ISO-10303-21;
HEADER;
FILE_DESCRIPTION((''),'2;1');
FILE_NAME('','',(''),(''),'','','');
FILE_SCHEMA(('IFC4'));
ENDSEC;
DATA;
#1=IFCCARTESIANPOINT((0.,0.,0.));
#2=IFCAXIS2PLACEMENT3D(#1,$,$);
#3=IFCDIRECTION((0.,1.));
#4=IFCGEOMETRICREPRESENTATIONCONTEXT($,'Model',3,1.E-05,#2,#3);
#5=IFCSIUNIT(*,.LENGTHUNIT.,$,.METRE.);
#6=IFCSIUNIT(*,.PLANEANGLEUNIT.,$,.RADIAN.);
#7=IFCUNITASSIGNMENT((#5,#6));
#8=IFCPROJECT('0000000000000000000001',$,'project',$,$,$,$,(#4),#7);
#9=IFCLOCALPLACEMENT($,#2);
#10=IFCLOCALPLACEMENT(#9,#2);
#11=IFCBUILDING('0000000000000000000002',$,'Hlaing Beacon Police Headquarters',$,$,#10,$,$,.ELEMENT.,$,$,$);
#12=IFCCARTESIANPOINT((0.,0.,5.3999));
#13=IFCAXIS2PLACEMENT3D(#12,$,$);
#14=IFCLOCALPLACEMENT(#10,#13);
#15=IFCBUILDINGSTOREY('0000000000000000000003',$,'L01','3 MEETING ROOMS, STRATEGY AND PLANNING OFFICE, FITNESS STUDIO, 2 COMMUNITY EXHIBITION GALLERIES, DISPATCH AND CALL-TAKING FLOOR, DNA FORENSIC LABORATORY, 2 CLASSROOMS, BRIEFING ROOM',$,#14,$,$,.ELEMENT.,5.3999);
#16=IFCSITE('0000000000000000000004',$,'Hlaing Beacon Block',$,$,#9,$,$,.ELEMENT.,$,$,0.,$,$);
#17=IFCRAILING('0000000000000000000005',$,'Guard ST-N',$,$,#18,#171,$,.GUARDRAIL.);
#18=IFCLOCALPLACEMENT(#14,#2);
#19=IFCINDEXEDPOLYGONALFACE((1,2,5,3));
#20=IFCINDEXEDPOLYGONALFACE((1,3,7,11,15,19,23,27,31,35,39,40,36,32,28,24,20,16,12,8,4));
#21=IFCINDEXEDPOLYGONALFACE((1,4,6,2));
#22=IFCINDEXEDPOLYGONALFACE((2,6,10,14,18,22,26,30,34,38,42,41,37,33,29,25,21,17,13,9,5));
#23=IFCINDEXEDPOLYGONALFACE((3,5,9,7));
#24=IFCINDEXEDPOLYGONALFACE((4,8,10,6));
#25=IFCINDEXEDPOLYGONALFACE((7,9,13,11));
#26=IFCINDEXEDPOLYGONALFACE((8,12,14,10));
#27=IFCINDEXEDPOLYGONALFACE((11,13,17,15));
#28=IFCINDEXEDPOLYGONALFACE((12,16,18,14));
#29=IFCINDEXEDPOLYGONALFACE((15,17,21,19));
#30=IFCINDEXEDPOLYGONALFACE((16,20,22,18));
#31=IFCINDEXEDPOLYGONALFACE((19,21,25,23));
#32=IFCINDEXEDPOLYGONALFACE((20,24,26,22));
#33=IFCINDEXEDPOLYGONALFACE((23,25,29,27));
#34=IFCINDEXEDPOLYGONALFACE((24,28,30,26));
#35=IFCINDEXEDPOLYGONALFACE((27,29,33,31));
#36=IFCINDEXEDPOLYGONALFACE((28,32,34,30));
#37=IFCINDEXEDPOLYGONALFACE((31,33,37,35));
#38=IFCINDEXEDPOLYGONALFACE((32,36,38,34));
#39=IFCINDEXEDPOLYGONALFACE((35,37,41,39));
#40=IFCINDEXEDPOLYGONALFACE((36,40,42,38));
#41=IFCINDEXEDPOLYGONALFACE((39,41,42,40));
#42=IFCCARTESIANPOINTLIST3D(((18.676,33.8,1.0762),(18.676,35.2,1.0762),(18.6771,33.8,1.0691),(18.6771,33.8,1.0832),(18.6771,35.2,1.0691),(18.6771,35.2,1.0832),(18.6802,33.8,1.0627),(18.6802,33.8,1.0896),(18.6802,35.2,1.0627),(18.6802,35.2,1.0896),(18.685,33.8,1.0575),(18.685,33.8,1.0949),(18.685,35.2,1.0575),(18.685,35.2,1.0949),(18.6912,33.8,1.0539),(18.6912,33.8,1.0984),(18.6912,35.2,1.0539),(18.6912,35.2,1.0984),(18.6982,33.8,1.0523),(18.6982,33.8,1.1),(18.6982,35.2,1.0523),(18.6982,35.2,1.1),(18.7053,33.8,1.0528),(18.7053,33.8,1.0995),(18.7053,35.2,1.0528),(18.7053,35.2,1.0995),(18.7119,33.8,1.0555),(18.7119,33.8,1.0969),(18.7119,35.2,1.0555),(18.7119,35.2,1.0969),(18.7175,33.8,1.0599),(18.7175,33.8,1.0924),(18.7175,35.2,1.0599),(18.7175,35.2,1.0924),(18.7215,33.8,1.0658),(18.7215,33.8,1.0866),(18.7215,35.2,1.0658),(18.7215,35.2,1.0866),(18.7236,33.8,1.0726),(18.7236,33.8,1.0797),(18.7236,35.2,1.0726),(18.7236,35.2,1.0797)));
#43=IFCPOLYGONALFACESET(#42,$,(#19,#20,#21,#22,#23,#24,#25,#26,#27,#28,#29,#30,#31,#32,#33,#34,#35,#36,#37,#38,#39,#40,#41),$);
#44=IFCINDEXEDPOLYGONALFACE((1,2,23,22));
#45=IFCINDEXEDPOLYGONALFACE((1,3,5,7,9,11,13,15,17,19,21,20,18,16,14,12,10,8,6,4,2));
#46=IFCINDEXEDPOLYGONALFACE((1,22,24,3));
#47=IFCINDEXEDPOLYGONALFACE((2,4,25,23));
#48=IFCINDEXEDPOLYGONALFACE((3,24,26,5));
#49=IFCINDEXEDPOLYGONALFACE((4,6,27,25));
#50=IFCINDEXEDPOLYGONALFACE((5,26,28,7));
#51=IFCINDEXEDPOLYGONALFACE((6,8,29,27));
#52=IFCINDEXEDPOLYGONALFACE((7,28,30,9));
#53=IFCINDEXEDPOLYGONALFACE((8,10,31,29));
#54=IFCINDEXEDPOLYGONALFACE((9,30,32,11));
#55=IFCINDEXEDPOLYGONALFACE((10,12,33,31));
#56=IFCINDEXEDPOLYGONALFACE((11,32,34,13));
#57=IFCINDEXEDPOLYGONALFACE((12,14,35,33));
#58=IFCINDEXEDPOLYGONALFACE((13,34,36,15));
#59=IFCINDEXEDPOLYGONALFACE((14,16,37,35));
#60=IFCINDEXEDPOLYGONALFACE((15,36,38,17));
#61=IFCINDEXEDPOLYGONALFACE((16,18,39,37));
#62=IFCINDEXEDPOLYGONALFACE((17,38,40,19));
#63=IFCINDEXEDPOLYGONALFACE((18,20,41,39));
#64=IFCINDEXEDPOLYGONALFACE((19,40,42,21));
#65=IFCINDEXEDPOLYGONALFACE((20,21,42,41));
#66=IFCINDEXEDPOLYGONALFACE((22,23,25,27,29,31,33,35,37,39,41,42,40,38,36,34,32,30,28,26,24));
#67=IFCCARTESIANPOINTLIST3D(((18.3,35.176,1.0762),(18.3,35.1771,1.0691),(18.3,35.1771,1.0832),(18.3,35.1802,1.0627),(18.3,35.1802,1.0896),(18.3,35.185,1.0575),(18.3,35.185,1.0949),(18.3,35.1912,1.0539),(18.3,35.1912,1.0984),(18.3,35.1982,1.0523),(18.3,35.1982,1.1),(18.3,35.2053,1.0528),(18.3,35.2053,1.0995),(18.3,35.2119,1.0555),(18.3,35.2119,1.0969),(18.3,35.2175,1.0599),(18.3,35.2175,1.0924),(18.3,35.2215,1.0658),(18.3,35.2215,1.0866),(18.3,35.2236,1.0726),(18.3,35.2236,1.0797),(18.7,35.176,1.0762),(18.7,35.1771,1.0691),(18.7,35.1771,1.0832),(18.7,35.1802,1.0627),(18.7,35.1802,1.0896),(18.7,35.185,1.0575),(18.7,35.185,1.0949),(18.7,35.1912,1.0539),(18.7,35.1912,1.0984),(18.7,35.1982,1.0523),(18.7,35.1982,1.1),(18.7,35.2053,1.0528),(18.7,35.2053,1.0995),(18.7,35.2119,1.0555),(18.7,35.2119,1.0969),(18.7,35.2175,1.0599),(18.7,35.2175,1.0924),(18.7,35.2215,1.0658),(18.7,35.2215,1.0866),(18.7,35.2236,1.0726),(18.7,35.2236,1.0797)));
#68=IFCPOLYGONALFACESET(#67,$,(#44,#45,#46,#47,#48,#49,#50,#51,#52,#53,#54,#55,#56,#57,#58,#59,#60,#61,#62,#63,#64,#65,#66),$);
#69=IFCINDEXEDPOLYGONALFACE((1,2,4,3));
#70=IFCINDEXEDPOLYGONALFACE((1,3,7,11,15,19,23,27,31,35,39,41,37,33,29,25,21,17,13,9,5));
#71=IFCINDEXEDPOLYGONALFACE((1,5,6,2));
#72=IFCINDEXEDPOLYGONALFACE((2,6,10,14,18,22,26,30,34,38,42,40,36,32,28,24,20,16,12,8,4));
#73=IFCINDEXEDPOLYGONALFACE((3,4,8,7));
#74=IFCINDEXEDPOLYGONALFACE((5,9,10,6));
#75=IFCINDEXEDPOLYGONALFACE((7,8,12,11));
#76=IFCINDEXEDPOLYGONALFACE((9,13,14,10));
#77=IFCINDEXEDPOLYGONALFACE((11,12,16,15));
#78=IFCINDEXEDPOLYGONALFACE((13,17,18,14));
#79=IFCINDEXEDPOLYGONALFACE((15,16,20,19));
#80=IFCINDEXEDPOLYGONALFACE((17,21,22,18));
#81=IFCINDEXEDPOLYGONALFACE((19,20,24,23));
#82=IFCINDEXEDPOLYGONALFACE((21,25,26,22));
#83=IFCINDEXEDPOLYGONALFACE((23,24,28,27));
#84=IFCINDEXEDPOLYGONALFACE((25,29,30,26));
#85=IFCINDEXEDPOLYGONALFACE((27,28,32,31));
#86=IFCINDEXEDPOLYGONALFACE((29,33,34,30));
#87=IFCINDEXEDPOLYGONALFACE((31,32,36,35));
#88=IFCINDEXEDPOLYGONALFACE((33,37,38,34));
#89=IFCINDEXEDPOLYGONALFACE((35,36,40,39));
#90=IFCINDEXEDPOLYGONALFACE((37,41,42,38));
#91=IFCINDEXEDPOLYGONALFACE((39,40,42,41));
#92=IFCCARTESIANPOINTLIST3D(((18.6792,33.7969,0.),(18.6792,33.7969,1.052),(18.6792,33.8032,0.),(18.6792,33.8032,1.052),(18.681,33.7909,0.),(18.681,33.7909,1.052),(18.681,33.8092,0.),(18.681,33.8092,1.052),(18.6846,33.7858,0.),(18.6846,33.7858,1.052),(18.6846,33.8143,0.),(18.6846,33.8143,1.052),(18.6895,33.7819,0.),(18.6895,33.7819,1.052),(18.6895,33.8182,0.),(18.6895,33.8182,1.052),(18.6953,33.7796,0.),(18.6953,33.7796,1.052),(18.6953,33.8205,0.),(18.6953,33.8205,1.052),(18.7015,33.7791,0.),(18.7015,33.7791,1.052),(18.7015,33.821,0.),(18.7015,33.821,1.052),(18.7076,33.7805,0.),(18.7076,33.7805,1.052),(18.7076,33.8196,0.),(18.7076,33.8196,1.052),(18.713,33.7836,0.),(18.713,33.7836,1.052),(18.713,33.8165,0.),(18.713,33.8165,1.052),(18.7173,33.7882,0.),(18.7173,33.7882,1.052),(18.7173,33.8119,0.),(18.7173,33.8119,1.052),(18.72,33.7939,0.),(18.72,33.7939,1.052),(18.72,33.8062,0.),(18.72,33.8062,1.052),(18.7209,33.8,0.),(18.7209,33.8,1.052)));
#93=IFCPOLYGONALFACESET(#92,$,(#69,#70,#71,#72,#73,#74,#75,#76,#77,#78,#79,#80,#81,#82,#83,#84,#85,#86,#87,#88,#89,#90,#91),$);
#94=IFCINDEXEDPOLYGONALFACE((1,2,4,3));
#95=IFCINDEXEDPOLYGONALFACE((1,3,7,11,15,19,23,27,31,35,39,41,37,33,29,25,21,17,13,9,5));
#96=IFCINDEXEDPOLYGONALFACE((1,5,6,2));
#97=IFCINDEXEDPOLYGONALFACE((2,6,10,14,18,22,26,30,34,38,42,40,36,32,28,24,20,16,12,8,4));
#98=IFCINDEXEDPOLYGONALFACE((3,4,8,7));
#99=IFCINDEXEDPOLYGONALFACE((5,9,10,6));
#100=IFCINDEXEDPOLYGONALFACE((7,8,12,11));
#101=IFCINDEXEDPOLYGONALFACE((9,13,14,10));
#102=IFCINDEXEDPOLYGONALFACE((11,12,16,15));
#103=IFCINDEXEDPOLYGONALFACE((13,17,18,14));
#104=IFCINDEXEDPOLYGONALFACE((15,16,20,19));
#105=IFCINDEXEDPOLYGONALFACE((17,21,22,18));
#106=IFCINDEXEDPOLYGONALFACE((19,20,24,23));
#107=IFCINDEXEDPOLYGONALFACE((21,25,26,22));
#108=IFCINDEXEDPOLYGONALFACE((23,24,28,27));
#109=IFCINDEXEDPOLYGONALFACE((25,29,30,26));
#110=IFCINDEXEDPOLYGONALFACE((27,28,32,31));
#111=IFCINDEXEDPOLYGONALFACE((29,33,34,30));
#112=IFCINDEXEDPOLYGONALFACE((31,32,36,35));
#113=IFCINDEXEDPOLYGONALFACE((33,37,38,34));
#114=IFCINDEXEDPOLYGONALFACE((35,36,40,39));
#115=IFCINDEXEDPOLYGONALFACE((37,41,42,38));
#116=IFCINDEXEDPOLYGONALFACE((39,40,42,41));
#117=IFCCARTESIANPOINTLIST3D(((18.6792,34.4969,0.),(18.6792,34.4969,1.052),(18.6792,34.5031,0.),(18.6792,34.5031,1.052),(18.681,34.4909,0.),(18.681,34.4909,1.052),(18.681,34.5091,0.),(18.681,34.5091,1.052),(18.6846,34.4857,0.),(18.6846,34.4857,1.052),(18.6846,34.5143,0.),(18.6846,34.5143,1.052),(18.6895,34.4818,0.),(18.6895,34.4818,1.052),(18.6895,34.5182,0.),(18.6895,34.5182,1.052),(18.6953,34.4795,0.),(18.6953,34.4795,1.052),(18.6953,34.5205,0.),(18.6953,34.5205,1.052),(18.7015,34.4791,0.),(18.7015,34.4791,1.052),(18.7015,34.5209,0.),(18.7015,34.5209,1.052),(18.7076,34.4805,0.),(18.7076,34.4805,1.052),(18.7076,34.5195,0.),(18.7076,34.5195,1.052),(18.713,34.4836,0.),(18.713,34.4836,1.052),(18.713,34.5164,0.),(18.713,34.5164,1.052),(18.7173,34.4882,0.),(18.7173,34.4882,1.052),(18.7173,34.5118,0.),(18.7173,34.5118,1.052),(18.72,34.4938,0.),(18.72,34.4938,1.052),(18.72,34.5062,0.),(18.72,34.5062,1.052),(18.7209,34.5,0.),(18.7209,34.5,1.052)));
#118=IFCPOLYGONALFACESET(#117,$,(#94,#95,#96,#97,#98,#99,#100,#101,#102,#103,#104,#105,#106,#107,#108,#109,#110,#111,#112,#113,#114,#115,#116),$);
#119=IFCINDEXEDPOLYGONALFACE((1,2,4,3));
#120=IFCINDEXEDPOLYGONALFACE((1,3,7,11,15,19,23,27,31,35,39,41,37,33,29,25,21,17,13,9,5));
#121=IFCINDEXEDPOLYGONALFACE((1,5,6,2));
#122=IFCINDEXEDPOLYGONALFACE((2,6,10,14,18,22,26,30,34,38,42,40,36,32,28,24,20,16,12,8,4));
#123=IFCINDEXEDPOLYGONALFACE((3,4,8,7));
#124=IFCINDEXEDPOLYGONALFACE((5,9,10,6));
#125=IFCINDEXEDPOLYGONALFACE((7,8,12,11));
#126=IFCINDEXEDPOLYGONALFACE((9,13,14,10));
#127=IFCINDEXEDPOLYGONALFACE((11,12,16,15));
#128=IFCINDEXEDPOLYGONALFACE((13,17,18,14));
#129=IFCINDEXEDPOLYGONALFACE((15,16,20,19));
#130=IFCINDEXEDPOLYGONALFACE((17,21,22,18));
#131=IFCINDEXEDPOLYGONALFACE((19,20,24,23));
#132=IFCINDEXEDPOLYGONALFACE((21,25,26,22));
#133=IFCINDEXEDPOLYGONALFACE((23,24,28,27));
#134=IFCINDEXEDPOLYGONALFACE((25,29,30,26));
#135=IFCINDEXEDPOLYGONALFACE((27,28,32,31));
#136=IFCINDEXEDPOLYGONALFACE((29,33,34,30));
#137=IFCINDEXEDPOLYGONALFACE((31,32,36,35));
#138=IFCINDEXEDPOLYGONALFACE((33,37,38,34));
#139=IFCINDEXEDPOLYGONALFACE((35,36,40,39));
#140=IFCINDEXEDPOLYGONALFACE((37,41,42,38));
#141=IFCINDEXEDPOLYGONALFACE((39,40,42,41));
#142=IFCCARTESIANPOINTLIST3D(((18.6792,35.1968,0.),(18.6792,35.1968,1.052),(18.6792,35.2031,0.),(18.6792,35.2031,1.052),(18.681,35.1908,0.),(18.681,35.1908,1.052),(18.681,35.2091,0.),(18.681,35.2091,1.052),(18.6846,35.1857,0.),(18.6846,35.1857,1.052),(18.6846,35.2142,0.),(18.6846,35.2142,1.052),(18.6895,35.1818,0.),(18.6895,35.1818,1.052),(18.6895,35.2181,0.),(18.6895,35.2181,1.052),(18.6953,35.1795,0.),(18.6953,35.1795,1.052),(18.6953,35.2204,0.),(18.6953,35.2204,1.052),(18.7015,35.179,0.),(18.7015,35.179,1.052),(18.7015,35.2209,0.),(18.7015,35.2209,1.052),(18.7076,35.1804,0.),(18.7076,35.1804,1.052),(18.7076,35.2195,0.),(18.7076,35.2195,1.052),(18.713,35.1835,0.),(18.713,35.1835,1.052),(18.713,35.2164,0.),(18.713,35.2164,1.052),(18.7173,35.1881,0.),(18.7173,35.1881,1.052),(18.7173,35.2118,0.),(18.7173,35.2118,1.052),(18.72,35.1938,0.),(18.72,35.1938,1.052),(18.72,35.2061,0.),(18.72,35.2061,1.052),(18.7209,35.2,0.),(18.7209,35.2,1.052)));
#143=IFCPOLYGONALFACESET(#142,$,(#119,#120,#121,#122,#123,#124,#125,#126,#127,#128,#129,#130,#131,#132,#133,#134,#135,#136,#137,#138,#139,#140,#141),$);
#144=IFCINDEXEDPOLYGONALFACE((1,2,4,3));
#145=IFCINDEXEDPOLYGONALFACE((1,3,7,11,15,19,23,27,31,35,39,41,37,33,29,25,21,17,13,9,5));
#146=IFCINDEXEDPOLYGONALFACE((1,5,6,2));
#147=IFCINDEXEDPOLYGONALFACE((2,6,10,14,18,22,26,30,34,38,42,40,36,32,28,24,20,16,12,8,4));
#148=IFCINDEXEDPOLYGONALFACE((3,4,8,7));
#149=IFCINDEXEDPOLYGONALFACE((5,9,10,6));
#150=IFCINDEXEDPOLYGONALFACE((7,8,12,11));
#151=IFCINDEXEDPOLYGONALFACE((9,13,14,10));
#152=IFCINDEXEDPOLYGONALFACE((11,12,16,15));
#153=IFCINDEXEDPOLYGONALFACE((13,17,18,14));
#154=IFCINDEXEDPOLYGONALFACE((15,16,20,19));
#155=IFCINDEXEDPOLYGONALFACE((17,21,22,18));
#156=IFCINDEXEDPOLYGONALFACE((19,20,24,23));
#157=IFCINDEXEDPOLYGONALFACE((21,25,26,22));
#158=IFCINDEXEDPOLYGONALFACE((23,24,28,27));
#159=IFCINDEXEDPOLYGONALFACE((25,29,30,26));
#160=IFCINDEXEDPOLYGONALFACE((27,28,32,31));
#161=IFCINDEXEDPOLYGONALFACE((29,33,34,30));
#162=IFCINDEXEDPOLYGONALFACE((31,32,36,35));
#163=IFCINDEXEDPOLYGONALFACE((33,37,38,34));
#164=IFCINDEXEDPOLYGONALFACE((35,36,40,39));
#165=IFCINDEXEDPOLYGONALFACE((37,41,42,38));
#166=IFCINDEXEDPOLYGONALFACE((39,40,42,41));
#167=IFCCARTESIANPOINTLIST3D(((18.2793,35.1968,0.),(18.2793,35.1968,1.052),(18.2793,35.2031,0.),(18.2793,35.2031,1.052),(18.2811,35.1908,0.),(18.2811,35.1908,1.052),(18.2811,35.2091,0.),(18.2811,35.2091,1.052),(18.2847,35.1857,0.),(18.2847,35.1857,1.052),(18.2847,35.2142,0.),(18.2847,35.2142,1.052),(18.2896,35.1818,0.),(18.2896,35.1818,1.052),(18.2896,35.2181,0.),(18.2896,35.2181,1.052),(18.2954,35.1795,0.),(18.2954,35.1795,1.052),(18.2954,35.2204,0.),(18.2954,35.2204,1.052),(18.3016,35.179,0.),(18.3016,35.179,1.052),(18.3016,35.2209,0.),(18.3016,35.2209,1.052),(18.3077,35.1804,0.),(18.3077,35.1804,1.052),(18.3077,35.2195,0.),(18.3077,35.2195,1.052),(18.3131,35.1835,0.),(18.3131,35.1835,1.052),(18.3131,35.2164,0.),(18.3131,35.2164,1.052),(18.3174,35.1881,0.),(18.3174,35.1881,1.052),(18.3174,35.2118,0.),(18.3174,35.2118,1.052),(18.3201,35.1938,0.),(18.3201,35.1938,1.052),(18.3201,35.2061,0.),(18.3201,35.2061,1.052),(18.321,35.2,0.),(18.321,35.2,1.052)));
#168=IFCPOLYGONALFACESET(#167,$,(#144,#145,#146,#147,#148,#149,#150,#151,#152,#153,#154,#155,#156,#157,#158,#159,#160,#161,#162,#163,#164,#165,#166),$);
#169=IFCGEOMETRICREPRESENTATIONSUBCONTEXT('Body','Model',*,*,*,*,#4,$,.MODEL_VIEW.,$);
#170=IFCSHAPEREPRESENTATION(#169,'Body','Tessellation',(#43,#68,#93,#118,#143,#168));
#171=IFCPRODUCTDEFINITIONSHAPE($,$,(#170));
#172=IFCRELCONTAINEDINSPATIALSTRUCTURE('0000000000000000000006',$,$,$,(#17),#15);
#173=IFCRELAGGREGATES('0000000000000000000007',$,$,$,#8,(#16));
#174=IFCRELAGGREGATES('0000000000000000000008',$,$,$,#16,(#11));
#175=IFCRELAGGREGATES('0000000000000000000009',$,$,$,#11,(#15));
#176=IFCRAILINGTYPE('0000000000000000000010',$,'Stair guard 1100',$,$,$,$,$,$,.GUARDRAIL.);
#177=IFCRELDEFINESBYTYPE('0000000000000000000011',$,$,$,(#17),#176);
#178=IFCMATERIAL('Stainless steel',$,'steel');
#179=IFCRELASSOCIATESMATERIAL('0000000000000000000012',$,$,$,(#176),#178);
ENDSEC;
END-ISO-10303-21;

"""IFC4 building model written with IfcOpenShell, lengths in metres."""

from ifc_helpers import new_model, si_unit, direction, frame, origin, origin_2d, place, context, subcontext, project, spatial, circle, extrude, material, type_object, element, save


model = new_model("IFC4")

# Units and contexts
model_context = context("Model", 3, precision=1e-05, world=origin(), true_north=direction((0.0, 1.0)))
body_context = subcontext(model_context, "Body", "Model", "MODEL_VIEW")
ifc_project = project(units=[si_unit("LENGTHUNIT", "METRE"), si_unit("PLANEANGLEUNIT", "RADIAN")], contexts=[model_context])

# Site, building, storey
site_placement = place(None, origin())
site = spatial("IfcSite", under=ifc_project, at=site_placement, Name="Hlaing Beacon Block", CompositionType="ELEMENT", RefElevation=0.0)
building_placement = place(site_placement, origin())
building = spatial("IfcBuilding", under=site, at=building_placement, Name="Hlaing Beacon Police Headquarters", CompositionType="ELEMENT")
storey_placement = place(building_placement, frame((0.0, 0.0, 5.3999)))
storey = spatial("IfcBuildingStorey", under=building, at=storey_placement, Name="L01", Description="3 MEETING ROOMS, STRATEGY AND PLANNING OFFICE, FITNESS STUDIO, 2 COMMUNITY EXHIBITION GALLERIES, DISPATCH AND CALL-TAKING FLOOR, DNA FORENSIC LABORATORY, 2 CLASSROOMS, BRIEFING ROOM", CompositionType="ELEMENT", Elevation=5.3999)

# Railing
ifc_material_1 = material(Name="Stainless steel", Category="steel")
railing_type_1 = type_object("IfcRailingType", Name="Stair guard 1100", PredefinedType="GUARDRAIL", material=ifc_material_1)
railing_placement = place(storey_placement, frame((18.7, 33.8, 0.0)))
element("IfcRailing", 1, at=railing_placement, inside=storey, type_object=railing_type_1, Name="Guard ST-N", PredefinedType="GUARDRAIL", context=body_context, shape_type="SweptSolid", body=[
    extrude(circle(Radius=0.0239, at=origin_2d()), frame((0.0, 0.0, 1.0762), z_axis=(0.0, 1.0, 0.0), x_axis=(-1.0, 0.0, 0.0)), (0.0, 0.0, 1.0), 1.3999),
    extrude(circle(Radius=0.0239, at=origin_2d()), frame((0.0, 1.3999, 1.0762), z_axis=(-1.0, 0.0, 0.0), x_axis=(0.0, -1.0, 0.0)), (0.0, 0.0, 1.0), 0.3999),
    extrude(circle(Radius=0.021, at=origin_2d()), origin(), (0.0, 0.0, 1.0), 1.052),
    extrude(circle(Radius=0.021, at=origin_2d()), frame((0.0, 0.7, 0.0)), (0.0, 0.0, 1.0), 1.052),
    extrude(circle(Radius=0.021, at=origin_2d()), frame((0.0, 1.3999, 0.0)), (0.0, 0.0, 1.0), 1.052),
    extrude(circle(Radius=0.021, at=origin_2d()), frame((-0.3999, 1.3999, 0.0)), (0.0, 0.0, 1.0), 1.052),
])

save(model, "model.ifc")
